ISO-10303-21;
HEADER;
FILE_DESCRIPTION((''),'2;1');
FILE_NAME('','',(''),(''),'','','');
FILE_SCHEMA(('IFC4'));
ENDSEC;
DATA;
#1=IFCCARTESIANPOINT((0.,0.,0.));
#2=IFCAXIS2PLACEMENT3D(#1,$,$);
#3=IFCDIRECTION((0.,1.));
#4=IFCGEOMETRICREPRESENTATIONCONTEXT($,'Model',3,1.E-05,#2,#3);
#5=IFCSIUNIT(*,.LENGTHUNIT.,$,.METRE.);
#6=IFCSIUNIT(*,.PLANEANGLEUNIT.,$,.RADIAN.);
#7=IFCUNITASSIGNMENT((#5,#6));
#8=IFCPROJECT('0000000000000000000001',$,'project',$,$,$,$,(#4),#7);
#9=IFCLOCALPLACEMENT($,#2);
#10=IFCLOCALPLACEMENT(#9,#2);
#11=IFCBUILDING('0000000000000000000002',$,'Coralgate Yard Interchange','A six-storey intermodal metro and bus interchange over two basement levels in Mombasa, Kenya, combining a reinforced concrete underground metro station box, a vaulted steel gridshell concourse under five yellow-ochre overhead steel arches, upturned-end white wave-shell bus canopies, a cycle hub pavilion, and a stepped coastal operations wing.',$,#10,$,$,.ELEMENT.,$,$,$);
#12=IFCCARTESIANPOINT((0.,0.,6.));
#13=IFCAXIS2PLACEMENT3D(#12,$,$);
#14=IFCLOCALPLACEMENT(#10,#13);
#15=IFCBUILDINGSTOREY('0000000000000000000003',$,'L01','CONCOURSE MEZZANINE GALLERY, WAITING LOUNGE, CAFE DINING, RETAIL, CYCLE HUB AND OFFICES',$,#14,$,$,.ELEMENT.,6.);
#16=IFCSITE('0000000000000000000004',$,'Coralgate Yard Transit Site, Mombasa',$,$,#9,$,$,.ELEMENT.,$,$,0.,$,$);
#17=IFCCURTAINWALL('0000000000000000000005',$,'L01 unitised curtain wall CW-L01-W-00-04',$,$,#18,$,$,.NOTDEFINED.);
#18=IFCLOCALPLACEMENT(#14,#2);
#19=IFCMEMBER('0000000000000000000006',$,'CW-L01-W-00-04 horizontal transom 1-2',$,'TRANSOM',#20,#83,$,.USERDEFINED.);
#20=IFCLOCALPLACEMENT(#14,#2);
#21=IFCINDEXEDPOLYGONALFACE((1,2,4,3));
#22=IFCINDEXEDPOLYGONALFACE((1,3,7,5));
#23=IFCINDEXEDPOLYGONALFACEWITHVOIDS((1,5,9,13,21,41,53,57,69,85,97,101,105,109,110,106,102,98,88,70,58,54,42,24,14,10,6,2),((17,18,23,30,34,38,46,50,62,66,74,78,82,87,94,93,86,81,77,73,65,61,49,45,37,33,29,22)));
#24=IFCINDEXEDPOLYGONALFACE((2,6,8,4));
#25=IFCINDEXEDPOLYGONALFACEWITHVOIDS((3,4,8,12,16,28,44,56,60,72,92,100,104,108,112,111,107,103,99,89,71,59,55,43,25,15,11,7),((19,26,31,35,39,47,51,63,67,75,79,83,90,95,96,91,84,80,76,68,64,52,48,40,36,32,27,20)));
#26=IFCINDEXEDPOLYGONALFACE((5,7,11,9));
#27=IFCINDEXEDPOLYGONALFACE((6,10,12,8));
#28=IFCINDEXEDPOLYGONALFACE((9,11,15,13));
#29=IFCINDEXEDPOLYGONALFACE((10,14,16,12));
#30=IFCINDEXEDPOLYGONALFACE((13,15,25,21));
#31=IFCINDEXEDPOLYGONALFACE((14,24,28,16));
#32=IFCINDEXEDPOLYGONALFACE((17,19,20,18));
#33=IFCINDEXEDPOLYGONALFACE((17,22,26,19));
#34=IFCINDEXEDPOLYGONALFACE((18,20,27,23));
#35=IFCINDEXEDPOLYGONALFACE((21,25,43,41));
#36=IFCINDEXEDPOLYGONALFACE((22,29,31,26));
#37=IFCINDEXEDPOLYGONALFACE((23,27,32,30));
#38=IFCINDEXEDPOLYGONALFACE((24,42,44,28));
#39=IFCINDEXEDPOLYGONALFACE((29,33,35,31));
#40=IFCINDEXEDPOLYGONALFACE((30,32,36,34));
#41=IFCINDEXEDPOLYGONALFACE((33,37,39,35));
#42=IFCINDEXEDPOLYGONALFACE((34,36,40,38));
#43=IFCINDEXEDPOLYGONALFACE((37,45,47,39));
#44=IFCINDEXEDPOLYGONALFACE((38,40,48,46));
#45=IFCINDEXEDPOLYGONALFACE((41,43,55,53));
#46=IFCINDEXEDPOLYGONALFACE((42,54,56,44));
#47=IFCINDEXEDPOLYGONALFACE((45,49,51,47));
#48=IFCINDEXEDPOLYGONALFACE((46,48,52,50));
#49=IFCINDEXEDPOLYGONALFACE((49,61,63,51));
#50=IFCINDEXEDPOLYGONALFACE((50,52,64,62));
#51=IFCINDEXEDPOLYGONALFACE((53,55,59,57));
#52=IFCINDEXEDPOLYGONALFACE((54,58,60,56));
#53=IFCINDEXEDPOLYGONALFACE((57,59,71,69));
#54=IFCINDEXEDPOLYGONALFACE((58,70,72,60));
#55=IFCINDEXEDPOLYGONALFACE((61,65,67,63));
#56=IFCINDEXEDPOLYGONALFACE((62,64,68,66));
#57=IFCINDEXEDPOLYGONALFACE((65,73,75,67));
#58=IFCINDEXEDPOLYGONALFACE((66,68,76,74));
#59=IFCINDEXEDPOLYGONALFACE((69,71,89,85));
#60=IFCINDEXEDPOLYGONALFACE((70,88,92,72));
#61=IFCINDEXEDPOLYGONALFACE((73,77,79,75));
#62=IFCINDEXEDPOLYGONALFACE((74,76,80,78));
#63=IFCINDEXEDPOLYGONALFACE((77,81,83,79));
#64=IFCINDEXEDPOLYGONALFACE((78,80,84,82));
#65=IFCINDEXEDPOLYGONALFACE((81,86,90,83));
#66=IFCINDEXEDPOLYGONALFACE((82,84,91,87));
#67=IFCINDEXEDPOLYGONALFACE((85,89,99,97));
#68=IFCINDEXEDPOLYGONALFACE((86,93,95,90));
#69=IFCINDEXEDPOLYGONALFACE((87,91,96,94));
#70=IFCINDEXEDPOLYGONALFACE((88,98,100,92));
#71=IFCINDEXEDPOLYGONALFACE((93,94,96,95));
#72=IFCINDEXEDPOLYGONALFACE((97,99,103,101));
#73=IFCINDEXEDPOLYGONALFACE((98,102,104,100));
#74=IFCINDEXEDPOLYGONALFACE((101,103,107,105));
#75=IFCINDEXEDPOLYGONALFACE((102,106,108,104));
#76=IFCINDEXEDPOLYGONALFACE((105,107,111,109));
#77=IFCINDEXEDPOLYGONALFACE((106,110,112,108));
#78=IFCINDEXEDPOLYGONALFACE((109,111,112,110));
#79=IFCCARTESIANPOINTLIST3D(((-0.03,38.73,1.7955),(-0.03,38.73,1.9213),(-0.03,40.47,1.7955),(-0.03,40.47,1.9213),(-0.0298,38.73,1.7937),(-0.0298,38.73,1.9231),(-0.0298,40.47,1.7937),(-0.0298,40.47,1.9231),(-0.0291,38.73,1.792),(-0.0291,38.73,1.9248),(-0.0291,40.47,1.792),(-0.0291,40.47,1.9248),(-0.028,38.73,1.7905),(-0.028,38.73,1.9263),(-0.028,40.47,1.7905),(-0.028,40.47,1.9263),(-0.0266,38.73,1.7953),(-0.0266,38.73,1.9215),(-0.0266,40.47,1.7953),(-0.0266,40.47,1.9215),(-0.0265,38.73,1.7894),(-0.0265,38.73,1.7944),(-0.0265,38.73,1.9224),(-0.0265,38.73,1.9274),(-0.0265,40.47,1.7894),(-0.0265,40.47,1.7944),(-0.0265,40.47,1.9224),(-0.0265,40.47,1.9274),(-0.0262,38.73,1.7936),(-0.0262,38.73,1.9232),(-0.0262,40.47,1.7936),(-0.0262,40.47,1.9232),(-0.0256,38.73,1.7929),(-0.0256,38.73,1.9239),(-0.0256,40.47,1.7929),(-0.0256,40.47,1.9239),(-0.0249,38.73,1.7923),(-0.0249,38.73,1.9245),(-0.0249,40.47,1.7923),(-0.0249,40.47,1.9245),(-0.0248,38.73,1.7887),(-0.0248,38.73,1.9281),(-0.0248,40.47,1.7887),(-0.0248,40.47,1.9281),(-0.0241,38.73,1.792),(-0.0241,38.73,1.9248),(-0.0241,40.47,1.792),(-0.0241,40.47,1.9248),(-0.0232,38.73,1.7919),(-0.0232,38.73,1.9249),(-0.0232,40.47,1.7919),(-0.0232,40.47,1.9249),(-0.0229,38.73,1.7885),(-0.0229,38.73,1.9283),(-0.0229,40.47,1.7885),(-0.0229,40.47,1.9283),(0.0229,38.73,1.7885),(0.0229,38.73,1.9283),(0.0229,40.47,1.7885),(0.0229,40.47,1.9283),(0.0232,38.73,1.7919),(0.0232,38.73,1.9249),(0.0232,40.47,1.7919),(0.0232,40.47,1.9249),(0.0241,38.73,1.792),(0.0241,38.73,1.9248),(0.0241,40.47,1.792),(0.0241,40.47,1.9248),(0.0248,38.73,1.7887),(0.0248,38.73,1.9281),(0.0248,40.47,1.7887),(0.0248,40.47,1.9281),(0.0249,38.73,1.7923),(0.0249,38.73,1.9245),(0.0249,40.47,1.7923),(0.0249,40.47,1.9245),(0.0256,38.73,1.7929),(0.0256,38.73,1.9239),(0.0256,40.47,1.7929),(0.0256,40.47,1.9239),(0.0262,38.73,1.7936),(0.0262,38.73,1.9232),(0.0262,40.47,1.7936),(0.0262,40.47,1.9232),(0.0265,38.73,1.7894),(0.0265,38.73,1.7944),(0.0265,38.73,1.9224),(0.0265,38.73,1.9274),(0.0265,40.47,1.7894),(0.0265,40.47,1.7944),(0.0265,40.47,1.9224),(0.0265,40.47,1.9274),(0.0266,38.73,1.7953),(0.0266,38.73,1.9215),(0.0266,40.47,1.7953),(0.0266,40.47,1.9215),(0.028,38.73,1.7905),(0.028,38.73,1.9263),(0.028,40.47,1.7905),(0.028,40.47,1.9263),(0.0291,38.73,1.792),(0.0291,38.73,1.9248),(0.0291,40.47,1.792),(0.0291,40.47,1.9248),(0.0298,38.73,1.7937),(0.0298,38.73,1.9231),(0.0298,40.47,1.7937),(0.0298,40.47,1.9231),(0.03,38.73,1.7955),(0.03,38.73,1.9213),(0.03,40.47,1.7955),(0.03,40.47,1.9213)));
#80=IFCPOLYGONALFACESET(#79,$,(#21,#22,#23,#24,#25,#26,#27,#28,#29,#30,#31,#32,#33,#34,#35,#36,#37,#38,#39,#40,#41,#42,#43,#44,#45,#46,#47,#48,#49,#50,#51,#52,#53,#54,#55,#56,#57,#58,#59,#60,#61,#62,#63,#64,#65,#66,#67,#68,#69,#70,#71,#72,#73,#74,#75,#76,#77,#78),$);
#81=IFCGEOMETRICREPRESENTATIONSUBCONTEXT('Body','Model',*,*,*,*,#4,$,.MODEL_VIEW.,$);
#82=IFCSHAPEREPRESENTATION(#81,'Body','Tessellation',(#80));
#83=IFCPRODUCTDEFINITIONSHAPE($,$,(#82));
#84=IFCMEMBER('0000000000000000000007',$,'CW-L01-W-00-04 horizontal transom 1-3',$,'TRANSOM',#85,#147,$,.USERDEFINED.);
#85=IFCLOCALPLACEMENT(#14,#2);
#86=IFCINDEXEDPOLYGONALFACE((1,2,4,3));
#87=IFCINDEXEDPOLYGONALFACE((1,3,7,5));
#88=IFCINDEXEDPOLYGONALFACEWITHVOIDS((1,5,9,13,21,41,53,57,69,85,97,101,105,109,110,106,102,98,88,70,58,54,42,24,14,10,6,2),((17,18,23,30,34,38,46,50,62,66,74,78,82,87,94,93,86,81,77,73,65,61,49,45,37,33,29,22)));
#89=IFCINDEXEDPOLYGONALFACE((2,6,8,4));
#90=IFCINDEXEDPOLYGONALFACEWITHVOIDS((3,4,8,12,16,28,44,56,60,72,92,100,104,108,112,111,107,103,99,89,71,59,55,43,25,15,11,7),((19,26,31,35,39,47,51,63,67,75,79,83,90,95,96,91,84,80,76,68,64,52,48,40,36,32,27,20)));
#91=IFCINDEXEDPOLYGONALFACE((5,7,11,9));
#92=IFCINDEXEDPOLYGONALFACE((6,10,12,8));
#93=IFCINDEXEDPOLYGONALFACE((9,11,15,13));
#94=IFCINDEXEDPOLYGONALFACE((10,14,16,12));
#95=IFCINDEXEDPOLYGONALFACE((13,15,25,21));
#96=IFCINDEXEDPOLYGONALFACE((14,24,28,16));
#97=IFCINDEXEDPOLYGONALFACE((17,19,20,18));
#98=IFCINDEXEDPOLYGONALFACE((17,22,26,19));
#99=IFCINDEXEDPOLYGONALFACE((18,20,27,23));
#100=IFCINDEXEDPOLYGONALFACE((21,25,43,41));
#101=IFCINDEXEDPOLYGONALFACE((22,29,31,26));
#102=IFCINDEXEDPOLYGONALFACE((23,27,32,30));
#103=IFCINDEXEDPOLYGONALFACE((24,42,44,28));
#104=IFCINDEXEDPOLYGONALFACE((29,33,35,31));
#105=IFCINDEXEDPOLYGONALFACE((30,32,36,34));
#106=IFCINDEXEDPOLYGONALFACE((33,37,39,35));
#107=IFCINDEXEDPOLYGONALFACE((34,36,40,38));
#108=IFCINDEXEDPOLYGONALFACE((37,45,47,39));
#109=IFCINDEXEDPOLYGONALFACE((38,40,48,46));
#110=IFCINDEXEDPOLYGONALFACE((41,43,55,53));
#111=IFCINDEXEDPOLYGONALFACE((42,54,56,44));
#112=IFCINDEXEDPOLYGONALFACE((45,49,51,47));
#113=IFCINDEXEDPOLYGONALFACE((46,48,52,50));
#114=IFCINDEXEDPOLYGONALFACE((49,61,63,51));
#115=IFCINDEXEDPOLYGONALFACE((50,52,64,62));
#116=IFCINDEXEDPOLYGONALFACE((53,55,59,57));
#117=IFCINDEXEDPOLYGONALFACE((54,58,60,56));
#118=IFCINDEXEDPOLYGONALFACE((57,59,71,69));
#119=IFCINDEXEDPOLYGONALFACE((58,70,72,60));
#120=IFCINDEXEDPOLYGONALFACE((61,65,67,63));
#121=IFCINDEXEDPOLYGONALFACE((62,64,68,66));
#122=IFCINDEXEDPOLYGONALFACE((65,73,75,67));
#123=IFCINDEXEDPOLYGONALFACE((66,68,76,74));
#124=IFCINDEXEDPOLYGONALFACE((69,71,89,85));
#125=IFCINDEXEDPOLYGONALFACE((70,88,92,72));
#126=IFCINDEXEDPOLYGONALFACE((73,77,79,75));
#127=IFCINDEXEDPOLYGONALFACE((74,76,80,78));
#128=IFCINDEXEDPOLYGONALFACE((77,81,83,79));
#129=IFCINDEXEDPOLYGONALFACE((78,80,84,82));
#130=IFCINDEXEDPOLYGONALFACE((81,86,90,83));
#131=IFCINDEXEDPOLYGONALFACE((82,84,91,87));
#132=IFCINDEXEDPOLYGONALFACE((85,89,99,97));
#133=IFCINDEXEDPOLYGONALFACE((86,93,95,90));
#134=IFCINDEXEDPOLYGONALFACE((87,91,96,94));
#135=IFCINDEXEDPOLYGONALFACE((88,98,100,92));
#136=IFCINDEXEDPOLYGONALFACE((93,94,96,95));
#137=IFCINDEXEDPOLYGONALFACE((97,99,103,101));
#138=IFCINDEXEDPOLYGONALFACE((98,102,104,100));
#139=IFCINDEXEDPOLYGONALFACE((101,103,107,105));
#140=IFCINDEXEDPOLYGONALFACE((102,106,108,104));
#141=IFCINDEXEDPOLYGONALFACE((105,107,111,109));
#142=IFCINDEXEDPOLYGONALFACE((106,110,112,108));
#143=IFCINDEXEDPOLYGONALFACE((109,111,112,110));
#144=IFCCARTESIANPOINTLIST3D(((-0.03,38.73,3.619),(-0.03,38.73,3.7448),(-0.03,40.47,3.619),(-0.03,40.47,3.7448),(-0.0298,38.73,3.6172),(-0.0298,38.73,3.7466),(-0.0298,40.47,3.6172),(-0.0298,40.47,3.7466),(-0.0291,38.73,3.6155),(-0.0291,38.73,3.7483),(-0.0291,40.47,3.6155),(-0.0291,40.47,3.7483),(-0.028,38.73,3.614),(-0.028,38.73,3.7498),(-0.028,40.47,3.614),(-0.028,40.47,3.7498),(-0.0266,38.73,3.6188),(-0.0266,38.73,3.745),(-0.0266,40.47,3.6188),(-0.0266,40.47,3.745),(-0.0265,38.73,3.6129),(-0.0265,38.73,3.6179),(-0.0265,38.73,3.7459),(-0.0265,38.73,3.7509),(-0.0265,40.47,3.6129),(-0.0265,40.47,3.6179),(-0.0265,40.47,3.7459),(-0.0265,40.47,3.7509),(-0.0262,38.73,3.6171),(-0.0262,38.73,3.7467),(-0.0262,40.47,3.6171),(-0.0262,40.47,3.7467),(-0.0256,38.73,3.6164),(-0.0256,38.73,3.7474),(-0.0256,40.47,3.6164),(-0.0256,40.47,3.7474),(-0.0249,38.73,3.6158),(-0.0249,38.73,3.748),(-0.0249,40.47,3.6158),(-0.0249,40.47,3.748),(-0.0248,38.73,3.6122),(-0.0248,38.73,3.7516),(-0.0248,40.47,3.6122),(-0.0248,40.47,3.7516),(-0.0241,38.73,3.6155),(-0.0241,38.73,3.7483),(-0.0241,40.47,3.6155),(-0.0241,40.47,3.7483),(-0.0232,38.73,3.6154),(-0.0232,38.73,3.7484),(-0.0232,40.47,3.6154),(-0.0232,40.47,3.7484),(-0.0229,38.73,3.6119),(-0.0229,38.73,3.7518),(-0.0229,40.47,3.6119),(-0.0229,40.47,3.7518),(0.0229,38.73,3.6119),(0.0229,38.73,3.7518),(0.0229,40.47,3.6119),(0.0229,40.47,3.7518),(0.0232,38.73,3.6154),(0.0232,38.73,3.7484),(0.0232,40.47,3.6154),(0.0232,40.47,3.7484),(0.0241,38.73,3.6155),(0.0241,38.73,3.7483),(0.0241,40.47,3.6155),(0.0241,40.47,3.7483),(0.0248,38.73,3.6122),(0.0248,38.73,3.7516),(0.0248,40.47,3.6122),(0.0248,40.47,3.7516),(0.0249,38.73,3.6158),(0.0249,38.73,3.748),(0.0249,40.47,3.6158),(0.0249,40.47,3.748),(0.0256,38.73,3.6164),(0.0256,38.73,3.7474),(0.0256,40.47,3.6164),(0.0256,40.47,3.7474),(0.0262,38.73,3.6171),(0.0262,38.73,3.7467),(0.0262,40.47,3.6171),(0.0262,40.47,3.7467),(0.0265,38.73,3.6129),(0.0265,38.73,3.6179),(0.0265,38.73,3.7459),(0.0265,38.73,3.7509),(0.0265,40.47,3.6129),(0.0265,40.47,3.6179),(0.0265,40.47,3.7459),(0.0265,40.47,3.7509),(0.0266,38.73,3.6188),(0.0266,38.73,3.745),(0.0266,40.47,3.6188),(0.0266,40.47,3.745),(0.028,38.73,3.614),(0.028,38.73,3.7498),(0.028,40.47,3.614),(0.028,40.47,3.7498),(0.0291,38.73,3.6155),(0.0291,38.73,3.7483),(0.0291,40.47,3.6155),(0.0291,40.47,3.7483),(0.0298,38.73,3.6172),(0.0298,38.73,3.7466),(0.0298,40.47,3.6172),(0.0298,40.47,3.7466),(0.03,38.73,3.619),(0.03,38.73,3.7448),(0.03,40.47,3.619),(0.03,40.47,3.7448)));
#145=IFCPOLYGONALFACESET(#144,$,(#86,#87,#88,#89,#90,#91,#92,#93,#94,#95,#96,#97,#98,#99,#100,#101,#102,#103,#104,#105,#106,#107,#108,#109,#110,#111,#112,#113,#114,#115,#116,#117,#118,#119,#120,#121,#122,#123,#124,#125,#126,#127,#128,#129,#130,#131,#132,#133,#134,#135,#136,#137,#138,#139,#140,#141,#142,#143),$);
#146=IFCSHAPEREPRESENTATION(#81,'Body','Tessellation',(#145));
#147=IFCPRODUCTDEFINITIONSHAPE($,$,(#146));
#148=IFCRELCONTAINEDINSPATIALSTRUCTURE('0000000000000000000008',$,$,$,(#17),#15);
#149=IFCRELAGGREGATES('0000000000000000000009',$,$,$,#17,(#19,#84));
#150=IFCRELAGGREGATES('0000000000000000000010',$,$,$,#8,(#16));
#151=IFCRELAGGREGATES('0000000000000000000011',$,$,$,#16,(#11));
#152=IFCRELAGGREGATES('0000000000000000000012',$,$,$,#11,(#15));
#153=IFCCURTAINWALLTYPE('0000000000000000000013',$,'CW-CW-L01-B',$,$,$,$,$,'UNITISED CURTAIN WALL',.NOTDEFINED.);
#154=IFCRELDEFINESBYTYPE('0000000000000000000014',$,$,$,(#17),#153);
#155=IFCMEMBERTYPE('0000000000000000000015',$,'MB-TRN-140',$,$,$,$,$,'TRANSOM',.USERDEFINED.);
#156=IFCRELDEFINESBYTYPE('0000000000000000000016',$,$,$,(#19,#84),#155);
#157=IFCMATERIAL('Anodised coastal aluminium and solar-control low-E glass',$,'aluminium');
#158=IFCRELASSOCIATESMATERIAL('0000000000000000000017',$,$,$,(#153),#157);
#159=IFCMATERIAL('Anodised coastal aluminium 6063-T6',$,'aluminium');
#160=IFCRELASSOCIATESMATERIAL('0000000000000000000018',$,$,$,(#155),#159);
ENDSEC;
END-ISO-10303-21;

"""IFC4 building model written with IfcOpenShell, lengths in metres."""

from ifc_helpers import new_model, si_unit, direction, frame, origin, origin_2d, place, context, subcontext, project, spatial, hollow_rectangle, extrude, material, material_profile, profile_set, type_object, element, aggregate, save


model = new_model("IFC4")

# Units and contexts
model_context = context("Model", 3, precision=1e-05, world=origin(), true_north=direction((0.0, 1.0)))
body_context = subcontext(model_context, "Body", "Model", "MODEL_VIEW")
ifc_project = project(units=[si_unit("LENGTHUNIT", "METRE"), si_unit("PLANEANGLEUNIT", "RADIAN")], contexts=[model_context])

# Site, building, storey
site_placement = place(None, origin())
site = spatial("IfcSite", under=ifc_project, at=site_placement, Name="Coralgate Yard Transit Site, Mombasa", CompositionType="ELEMENT", RefElevation=0.0)
building_placement = place(site_placement, origin())
building = spatial("IfcBuilding", under=site, at=building_placement, Name="Coralgate Yard Interchange", Description="A six-storey intermodal metro and bus interchange over two basement levels in Mombasa, Kenya, combining a reinforced concrete underground metro station box, a vaulted steel gridshell concourse under five yellow-ochre overhead steel arches, upturned-end white wave-shell bus canopies, a cycle hub pavilion, and a stepped coastal operations wing.", CompositionType="ELEMENT")
storey_placement = place(building_placement, frame((0.0, 0.0, 6.0)))
storey = spatial("IfcBuildingStorey", under=building, at=storey_placement, Name="L01", Description="CONCOURSE MEZZANINE GALLERY, WAITING LOUNGE, CAFE DINING, RETAIL, CYCLE HUB AND OFFICES", CompositionType="ELEMENT", Elevation=6.0)

# Shared definitions
ifc_material_1 = material(Name="Anodised coastal aluminium and solar-control low-E glass", Category="aluminium")
ifc_material_2 = material(Name="Anodised coastal aluminium 6063-T6", Category="aluminium")

# Curtain wall
curtain_wall_type_1 = type_object("IfcCurtainWallType", Name="CW-CW-L01-B", ElementType="UNITISED CURTAIN WALL", PredefinedType="NOTDEFINED", material=ifc_material_1)
curtain_wall_1_placement = place(storey_placement, origin())
curtain_wall_1 = element("IfcCurtainWall", 1, at=curtain_wall_1_placement, inside=storey, type_object=curtain_wall_type_1, Name="L01 unitised curtain wall CW-L01-W-00-04", PredefinedType="NOTDEFINED")

# Members
ifc_material_profile_1 = material_profile(ifc_material_2, hollow_rectangle(XDim=0.0601, YDim=0.1399, WallThickness=0.0034, InnerFilletRadius=0.0034, OuterFilletRadius=0.0071, at=origin_2d()), Name="ALU 60x140x3.5")
ifc_profile_set_1 = profile_set([ifc_material_profile_1], Name="Anodised coastal aluminium 6063-T6")
member_type_1 = type_object("IfcMemberType", Name="MB-TRN-140", ElementType="TRANSOM", PredefinedType="USERDEFINED", material=ifc_profile_set_1)
member_1_placement = place(storey_placement, frame((0.0, 38.73, 1.8584), z_axis=(0.0, 1.0, 0.0), x_axis=(-1.0, 0.0, 0.0)))
member_1 = element("IfcMember", 2, at=member_1_placement, type_object=member_type_1, Name="CW-L01-W-00-04 horizontal transom 1-2", ObjectType="TRANSOM", PredefinedType="USERDEFINED", context=body_context, shape_type="SweptSolid", body=[
    extrude(hollow_rectangle(XDim=0.0601, YDim=0.1399, WallThickness=0.0034, InnerFilletRadius=0.0034, OuterFilletRadius=0.0071, at=origin_2d()), origin(), (0.0, 0.0, 1.0), 1.74),
])
member_2_placement = place(storey_placement, frame((0.0, 38.73, 3.6819), z_axis=(0.0, 1.0, 0.0), x_axis=(-1.0, 0.0, 0.0)))
member_2 = element("IfcMember", 3, at=member_2_placement, type_object=member_type_1, Name="CW-L01-W-00-04 horizontal transom 1-3", ObjectType="TRANSOM", PredefinedType="USERDEFINED", context=body_context, shape_type="SweptSolid", body=[
    extrude(hollow_rectangle(XDim=0.0601, YDim=0.1399, WallThickness=0.0034, InnerFilletRadius=0.0034, OuterFilletRadius=0.0071, at=origin_2d()), origin(), (0.0, 0.0, 1.0), 1.74),
])

aggregate(curtain_wall_1, [member_1, member_2])

save(model, "model.ifc")
